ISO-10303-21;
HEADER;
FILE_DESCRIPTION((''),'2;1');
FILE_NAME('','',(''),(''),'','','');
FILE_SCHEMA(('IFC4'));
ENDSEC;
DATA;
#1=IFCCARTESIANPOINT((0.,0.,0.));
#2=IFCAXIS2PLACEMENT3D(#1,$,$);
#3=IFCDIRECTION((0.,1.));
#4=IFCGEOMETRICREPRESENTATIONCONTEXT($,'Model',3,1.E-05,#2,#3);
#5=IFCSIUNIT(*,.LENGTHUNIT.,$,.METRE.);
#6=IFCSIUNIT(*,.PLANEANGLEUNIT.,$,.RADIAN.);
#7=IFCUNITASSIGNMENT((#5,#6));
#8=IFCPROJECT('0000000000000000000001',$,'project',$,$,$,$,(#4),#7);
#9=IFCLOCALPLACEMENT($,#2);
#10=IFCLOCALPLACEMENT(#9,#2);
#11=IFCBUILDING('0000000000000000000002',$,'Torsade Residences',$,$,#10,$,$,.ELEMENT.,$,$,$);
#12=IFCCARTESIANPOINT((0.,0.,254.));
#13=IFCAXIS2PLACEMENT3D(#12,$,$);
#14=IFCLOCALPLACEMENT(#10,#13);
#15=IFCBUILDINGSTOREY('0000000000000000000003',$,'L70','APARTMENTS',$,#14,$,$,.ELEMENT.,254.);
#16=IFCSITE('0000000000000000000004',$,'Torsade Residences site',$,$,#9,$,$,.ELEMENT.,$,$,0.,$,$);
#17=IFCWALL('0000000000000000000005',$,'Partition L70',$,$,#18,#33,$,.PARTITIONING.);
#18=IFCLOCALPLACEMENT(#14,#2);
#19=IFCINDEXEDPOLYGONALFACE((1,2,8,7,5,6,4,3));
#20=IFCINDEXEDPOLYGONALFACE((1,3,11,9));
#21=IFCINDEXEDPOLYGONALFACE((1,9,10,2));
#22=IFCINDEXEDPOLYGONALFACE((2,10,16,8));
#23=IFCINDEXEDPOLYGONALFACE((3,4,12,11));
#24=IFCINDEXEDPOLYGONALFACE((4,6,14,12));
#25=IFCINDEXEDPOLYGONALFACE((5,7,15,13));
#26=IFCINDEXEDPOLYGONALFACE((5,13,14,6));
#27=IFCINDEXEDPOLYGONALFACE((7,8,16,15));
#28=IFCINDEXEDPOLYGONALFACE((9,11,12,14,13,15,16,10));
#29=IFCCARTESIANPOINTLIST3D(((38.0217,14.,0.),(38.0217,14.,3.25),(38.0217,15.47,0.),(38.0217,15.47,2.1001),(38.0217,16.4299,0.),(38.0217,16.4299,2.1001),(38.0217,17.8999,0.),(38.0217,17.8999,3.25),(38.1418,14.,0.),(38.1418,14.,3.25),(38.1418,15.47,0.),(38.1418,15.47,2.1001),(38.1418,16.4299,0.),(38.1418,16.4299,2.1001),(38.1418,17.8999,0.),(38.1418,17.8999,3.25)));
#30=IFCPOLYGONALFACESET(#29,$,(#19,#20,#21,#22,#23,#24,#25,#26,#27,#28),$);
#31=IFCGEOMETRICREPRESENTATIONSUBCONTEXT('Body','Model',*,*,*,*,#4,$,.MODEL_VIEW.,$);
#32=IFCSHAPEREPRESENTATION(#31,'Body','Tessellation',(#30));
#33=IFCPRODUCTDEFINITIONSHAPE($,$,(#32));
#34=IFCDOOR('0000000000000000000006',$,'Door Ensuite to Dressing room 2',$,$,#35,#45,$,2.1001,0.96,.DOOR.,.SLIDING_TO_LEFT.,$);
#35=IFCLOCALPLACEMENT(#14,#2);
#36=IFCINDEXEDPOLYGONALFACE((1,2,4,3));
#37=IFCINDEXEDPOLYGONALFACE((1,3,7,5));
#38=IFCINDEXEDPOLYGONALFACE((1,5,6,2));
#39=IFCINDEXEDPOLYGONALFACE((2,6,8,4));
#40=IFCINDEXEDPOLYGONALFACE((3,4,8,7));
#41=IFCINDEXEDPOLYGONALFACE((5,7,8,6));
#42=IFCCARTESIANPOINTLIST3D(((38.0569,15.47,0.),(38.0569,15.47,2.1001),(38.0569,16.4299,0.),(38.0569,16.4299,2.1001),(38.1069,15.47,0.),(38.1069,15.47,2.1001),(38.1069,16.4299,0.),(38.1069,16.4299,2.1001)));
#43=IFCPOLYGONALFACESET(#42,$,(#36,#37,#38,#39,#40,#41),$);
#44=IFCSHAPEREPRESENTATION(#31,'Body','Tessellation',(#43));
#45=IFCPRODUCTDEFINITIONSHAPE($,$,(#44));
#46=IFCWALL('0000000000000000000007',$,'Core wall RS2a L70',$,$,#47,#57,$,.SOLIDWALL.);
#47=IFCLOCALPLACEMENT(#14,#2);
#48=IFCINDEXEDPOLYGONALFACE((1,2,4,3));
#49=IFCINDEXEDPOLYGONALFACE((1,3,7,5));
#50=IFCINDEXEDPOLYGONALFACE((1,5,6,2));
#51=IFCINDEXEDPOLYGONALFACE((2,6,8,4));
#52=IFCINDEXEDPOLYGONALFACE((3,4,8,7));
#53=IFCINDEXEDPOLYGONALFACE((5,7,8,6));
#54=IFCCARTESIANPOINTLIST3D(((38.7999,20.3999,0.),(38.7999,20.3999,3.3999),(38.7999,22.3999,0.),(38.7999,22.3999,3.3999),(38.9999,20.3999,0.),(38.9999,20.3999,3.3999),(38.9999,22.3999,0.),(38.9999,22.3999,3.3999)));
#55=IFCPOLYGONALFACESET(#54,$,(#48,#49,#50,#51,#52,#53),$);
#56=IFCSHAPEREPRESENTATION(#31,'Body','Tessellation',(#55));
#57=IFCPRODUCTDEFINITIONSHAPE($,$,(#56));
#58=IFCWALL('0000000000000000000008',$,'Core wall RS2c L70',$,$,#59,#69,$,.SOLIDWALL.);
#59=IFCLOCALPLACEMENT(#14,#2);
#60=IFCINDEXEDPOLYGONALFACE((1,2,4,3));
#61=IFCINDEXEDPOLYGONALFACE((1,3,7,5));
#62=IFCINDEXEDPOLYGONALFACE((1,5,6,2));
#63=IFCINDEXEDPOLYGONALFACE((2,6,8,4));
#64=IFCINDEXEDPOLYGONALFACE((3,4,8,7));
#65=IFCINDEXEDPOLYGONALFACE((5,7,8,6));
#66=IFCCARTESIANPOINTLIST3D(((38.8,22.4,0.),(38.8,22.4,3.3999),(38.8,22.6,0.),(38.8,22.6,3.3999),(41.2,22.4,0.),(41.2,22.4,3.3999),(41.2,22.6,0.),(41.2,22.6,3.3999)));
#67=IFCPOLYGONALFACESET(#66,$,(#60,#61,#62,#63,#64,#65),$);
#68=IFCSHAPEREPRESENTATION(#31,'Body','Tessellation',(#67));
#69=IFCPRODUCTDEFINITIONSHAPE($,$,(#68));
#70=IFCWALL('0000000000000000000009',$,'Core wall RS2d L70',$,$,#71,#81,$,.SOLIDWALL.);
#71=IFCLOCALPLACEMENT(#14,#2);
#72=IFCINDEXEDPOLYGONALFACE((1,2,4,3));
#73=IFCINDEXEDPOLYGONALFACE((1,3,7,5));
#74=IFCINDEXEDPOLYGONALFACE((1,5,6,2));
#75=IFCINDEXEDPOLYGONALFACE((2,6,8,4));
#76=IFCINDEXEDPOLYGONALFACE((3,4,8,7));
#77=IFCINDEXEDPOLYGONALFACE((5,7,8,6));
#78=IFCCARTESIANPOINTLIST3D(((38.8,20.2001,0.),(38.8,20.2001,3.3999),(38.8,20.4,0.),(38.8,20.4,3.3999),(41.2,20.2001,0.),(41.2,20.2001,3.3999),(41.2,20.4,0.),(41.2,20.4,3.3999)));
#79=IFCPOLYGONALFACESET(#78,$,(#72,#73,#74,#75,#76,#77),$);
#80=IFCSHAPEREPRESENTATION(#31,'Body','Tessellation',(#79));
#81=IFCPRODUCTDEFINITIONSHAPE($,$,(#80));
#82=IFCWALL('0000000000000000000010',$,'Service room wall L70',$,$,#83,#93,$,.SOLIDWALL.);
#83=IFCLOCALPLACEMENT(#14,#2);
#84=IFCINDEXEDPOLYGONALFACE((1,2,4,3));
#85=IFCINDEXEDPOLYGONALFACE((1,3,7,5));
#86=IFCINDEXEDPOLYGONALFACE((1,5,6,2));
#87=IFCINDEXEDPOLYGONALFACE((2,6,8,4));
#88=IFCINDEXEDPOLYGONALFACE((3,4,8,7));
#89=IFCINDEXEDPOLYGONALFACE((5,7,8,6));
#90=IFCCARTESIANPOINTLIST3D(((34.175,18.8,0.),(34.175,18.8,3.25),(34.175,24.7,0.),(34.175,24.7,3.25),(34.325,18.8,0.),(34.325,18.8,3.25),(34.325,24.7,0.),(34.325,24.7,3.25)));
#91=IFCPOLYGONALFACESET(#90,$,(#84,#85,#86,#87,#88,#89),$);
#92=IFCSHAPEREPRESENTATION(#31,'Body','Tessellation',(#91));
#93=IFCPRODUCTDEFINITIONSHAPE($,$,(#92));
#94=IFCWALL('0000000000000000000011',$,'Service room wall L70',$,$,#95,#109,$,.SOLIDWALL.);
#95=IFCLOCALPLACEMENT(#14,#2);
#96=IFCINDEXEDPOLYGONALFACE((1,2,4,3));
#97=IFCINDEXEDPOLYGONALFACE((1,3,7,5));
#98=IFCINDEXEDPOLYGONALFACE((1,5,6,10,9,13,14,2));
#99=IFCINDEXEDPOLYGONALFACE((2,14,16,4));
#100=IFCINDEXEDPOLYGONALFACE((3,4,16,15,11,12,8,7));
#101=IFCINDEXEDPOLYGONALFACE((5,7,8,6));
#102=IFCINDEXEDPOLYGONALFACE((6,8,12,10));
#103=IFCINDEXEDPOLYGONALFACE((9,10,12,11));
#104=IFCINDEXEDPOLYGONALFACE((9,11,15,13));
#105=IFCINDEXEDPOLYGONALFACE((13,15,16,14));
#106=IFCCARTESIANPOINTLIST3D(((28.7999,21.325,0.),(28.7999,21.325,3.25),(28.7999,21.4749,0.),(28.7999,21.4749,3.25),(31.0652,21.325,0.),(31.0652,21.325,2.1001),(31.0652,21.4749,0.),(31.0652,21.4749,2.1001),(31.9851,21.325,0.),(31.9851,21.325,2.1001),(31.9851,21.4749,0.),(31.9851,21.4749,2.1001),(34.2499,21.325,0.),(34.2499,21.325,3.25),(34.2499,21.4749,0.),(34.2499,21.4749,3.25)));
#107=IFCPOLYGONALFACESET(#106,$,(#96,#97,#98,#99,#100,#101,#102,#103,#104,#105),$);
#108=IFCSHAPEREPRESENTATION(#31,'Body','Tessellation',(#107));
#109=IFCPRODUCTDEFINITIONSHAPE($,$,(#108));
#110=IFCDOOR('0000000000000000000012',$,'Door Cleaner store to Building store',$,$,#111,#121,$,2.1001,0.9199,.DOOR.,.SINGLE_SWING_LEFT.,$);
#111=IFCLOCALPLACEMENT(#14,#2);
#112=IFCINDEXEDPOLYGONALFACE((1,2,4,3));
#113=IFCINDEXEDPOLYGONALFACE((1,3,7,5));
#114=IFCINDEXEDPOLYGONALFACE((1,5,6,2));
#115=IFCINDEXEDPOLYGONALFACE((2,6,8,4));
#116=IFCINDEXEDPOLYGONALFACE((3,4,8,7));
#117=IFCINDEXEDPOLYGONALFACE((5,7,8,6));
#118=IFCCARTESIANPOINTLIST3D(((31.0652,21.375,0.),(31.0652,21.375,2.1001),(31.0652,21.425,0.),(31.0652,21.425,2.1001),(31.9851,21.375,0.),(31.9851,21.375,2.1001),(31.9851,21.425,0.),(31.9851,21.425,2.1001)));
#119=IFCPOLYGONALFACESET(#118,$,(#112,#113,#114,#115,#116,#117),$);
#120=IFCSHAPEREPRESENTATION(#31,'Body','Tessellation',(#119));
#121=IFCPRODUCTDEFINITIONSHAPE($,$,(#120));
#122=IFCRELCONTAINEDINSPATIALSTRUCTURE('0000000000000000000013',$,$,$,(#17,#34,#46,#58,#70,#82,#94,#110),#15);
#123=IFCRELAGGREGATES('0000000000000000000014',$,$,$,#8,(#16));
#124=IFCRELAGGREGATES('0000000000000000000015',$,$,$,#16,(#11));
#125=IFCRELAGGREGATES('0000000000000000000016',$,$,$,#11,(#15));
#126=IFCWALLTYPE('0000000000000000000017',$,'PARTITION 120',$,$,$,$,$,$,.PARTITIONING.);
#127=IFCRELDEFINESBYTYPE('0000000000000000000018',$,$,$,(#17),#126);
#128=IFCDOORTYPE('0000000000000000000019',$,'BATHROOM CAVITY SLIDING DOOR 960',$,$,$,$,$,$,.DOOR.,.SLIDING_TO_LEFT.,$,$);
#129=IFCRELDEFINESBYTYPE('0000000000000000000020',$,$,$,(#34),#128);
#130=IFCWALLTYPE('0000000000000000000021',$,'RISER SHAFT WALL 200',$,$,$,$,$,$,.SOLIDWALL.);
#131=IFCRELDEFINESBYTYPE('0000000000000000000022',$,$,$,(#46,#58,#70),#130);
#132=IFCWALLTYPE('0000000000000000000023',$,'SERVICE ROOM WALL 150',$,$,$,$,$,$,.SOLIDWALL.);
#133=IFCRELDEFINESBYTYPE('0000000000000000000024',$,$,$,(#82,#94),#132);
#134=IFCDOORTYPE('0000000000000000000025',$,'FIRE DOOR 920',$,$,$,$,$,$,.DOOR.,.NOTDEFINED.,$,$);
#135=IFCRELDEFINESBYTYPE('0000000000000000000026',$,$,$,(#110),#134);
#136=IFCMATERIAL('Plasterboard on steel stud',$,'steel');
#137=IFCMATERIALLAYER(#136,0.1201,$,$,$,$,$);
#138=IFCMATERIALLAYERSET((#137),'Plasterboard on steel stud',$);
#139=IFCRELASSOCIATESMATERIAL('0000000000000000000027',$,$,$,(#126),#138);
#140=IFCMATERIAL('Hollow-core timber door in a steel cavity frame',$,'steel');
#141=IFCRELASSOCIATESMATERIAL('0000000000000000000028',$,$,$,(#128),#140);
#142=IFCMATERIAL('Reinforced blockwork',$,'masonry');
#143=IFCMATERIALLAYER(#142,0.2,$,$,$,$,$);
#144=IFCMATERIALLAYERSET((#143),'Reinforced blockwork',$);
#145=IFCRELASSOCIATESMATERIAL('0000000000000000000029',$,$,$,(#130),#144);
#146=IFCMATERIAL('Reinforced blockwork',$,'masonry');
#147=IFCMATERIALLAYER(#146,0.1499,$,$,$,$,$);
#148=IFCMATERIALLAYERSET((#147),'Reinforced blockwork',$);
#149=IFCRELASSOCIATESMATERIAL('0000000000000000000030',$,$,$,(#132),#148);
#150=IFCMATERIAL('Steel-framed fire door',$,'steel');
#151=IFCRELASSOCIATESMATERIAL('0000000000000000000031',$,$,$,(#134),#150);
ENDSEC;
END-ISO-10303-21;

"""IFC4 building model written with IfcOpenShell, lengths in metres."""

from ifc_helpers import new_model, si_unit, direction, frame, frame_2d, origin, place, context, subcontext, project, spatial, rectangle, extrude, material, layer, layer_set, type_object, element, fill, save


model = new_model("IFC4")

# Units and contexts
model_context = context("Model", 3, precision=1e-05, world=origin(), true_north=direction((0.0, 1.0)))
body_context = subcontext(model_context, "Body", "Model", "MODEL_VIEW")
ifc_project = project(units=[si_unit("LENGTHUNIT", "METRE"), si_unit("PLANEANGLEUNIT", "RADIAN")], contexts=[model_context])

# Site, building, storey
site_placement = place(None, origin())
site = spatial("IfcSite", under=ifc_project, at=site_placement, Name="Torsade Residences site", CompositionType="ELEMENT", RefElevation=0.0)
building_placement = place(site_placement, origin())
building = spatial("IfcBuilding", under=site, at=building_placement, Name="Torsade Residences", CompositionType="ELEMENT")
storey_placement = place(building_placement, frame((0.0, 0.0, 254.0)))
storey = spatial("IfcBuildingStorey", under=building, at=storey_placement, Name="L70", Description="APARTMENTS", CompositionType="ELEMENT", Elevation=254.0)

# Wall, opening, door
ifc_material_1 = material(Name="Plasterboard on steel stud", Category="steel")
ifc_layer_1 = layer(ifc_material_1, 0.1201)
ifc_layer_set_1 = layer_set([ifc_layer_1], Name="Plasterboard on steel stud")
wall_type_1 = type_object("IfcWallType", Name="PARTITION 120", PredefinedType="PARTITIONING", material=ifc_layer_set_1)
ifc_material_2 = material(Name="Hollow-core timber door in a steel cavity frame", Category="steel")
door_type_1 = type_object("IfcDoorType", Name="BATHROOM CAVITY SLIDING DOOR 960", OperationType="SLIDING_TO_LEFT", PredefinedType="DOOR", material=ifc_material_2)
wall_1_placement = place(storey_placement, frame((38.0818, 14.0, 0.0), z_axis=(0.0, 0.0, 1.0), x_axis=(0.0, 1.0, 0.0)))
wall_1 = element("IfcWall", 1, at=wall_1_placement, inside=storey, type_object=wall_type_1, Name="Partition L70", PredefinedType="PARTITIONING", context=body_context, shape_type="SweptSolid", body=[
    extrude(rectangle(XDim=3.8999, YDim=0.1201, at=frame_2d((1.95, 0.0))), origin(), (0.0, 0.0, 1.0), 3.25),
])
opening_1_placement = place(wall_1_placement, frame((1.47, 0.0, 0.0)))
opening_1 = element("IfcOpeningElement", 2, at=opening_1_placement, cuts=wall_1, PredefinedType="OPENING", context=body_context, shape_type="SweptSolid", body=[
    extrude(rectangle(XDim=0.96, YDim=2.1001, at=frame_2d((0.48, 1.05))), frame((0.0, 0.0701, 0.0), z_axis=(0.0, -1.0, 0.0), x_axis=(1.0, 0.0, 0.0)), (0.0, 0.0, 1.0), 0.1401),
])
door_1_placement = place(opening_1_placement, origin())
door_1 = element("IfcDoor", 3, at=door_1_placement, inside=storey, type_object=door_type_1, Name="Door Ensuite to Dressing room 2", OperationType="SLIDING_TO_LEFT", OverallHeight=2.1001, OverallWidth=0.96, PredefinedType="DOOR", context=body_context, shape_type="SweptSolid", body=[
    extrude(rectangle(XDim=0.96, YDim=2.1001, at=frame_2d((0.48, 1.05))), frame((0.0, 0.0249, 0.0), z_axis=(0.0, -1.0, 0.0), x_axis=(1.0, 0.0, 0.0)), (0.0, 0.0, 1.0), 0.05),
])
fill(opening_1, door_1)

# Walls
ifc_material_3 = material(Name="Reinforced blockwork", Category="masonry")
ifc_layer_2 = layer(ifc_material_3, 0.2)
ifc_layer_set_2 = layer_set([ifc_layer_2], Name="Reinforced blockwork")
wall_type_2 = type_object("IfcWallType", Name="RISER SHAFT WALL 200", PredefinedType="SOLIDWALL", material=ifc_layer_set_2)
wall_2_placement = place(storey_placement, frame((38.8999, 22.3999, 0.0), z_axis=(0.0, 0.0, 1.0), x_axis=(0.0, -1.0, 0.0)))
element("IfcWall", 4, at=wall_2_placement, inside=storey, type_object=wall_type_2, Name="Core wall RS2a L70", PredefinedType="SOLIDWALL", context=body_context, shape_type="SweptSolid", body=[
    extrude(rectangle(XDim=2.0, YDim=0.2, at=frame_2d((1.0, 0.0))), origin(), (0.0, 0.0, 1.0), 3.3999),
])
for number, where, z_axis, x_axis, name in (
    (5, (38.8, 22.5, 0.0), (0.0, 0.0, 1.0), (1.0, 0.0, 0.0), "Core wall RS2c L70"),
    (6, (38.8, 20.3, 0.0), (0.0, 0.0, 1.0), (1.0, 0.0, 0.0), "Core wall RS2d L70"),
):
    element("IfcWall", number, at=place(storey_placement, frame(where, z_axis=z_axis, x_axis=x_axis)), inside=storey, type_object=wall_type_2, Name=name, PredefinedType="SOLIDWALL", context=body_context, shape_type="SweptSolid", body=[
        extrude(rectangle(XDim=2.3999, YDim=0.2, at=frame_2d((1.2, 0.0))), origin(), (0.0, 0.0, 1.0), 3.3999),
    ])
ifc_material_4 = material(Name="Reinforced blockwork", Category="masonry")
ifc_layer_3 = layer(ifc_material_4, 0.1499)
ifc_layer_set_3 = layer_set([ifc_layer_3], Name="Reinforced blockwork")
wall_type_3 = type_object("IfcWallType", Name="SERVICE ROOM WALL 150", PredefinedType="SOLIDWALL", material=ifc_layer_set_3)
wall_3_placement = place(storey_placement, frame((34.25, 18.8, 0.0), z_axis=(0.0, 0.0, 1.0), x_axis=(0.0, 1.0, 0.0)))
element("IfcWall", 7, at=wall_3_placement, inside=storey, type_object=wall_type_3, Name="Service room wall L70", PredefinedType="SOLIDWALL", context=body_context, shape_type="SweptSolid", body=[
    extrude(rectangle(XDim=5.8999, YDim=0.1499, at=frame_2d((2.95, 0.0))), origin(), (0.0, 0.0, 1.0), 3.25),
])

# Wall, opening, door
wall_4_placement = place(storey_placement, frame((34.25, 21.3999, 0.0), z_axis=(0.0, 0.0, 1.0), x_axis=(-1.0, 0.0, 0.0)))
wall_4 = element("IfcWall", 8, at=wall_4_placement, inside=storey, type_object=wall_type_3, Name="Service room wall L70", PredefinedType="SOLIDWALL", context=body_context, shape_type="SweptSolid", body=[
    extrude(rectangle(XDim=5.45, YDim=0.1499, at=frame_2d((2.7251, 0.0))), origin(), (0.0, 0.0, 1.0), 3.25),
])
opening_2_placement = place(wall_4_placement, frame((2.2649, 0.0, 0.0)))
opening_2 = element("IfcOpeningElement", 9, at=opening_2_placement, cuts=wall_4, PredefinedType="OPENING", context=body_context, shape_type="SweptSolid", body=[
    extrude(rectangle(XDim=0.9199, YDim=2.1001, at=frame_2d((0.46, 1.05))), frame((0.0, 0.085, 0.0), z_axis=(0.0, -1.0, 0.0), x_axis=(1.0, 0.0, 0.0)), (0.0, 0.0, 1.0), 0.1699),
])
ifc_material_5 = material(Name="Steel-framed fire door", Category="steel")
door_type_2 = type_object("IfcDoorType", Name="FIRE DOOR 920", OperationType="NOTDEFINED", PredefinedType="DOOR", material=ifc_material_5)
door_2_placement = place(opening_2_placement, origin())
door_2 = element("IfcDoor", 10, at=door_2_placement, inside=storey, type_object=door_type_2, Name="Door Cleaner store to Building store", OperationType="SINGLE_SWING_LEFT", OverallHeight=2.1001, OverallWidth=0.9199, PredefinedType="DOOR", context=body_context, shape_type="SweptSolid", body=[
    extrude(rectangle(XDim=0.9199, YDim=2.1001, at=frame_2d((0.46, 1.05))), frame((0.0, 0.0249, 0.0), z_axis=(0.0, -1.0, 0.0), x_axis=(1.0, 0.0, 0.0)), (0.0, 0.0, 1.0), 0.05),
])
fill(opening_2, door_2)

save(model, "model.ifc")
